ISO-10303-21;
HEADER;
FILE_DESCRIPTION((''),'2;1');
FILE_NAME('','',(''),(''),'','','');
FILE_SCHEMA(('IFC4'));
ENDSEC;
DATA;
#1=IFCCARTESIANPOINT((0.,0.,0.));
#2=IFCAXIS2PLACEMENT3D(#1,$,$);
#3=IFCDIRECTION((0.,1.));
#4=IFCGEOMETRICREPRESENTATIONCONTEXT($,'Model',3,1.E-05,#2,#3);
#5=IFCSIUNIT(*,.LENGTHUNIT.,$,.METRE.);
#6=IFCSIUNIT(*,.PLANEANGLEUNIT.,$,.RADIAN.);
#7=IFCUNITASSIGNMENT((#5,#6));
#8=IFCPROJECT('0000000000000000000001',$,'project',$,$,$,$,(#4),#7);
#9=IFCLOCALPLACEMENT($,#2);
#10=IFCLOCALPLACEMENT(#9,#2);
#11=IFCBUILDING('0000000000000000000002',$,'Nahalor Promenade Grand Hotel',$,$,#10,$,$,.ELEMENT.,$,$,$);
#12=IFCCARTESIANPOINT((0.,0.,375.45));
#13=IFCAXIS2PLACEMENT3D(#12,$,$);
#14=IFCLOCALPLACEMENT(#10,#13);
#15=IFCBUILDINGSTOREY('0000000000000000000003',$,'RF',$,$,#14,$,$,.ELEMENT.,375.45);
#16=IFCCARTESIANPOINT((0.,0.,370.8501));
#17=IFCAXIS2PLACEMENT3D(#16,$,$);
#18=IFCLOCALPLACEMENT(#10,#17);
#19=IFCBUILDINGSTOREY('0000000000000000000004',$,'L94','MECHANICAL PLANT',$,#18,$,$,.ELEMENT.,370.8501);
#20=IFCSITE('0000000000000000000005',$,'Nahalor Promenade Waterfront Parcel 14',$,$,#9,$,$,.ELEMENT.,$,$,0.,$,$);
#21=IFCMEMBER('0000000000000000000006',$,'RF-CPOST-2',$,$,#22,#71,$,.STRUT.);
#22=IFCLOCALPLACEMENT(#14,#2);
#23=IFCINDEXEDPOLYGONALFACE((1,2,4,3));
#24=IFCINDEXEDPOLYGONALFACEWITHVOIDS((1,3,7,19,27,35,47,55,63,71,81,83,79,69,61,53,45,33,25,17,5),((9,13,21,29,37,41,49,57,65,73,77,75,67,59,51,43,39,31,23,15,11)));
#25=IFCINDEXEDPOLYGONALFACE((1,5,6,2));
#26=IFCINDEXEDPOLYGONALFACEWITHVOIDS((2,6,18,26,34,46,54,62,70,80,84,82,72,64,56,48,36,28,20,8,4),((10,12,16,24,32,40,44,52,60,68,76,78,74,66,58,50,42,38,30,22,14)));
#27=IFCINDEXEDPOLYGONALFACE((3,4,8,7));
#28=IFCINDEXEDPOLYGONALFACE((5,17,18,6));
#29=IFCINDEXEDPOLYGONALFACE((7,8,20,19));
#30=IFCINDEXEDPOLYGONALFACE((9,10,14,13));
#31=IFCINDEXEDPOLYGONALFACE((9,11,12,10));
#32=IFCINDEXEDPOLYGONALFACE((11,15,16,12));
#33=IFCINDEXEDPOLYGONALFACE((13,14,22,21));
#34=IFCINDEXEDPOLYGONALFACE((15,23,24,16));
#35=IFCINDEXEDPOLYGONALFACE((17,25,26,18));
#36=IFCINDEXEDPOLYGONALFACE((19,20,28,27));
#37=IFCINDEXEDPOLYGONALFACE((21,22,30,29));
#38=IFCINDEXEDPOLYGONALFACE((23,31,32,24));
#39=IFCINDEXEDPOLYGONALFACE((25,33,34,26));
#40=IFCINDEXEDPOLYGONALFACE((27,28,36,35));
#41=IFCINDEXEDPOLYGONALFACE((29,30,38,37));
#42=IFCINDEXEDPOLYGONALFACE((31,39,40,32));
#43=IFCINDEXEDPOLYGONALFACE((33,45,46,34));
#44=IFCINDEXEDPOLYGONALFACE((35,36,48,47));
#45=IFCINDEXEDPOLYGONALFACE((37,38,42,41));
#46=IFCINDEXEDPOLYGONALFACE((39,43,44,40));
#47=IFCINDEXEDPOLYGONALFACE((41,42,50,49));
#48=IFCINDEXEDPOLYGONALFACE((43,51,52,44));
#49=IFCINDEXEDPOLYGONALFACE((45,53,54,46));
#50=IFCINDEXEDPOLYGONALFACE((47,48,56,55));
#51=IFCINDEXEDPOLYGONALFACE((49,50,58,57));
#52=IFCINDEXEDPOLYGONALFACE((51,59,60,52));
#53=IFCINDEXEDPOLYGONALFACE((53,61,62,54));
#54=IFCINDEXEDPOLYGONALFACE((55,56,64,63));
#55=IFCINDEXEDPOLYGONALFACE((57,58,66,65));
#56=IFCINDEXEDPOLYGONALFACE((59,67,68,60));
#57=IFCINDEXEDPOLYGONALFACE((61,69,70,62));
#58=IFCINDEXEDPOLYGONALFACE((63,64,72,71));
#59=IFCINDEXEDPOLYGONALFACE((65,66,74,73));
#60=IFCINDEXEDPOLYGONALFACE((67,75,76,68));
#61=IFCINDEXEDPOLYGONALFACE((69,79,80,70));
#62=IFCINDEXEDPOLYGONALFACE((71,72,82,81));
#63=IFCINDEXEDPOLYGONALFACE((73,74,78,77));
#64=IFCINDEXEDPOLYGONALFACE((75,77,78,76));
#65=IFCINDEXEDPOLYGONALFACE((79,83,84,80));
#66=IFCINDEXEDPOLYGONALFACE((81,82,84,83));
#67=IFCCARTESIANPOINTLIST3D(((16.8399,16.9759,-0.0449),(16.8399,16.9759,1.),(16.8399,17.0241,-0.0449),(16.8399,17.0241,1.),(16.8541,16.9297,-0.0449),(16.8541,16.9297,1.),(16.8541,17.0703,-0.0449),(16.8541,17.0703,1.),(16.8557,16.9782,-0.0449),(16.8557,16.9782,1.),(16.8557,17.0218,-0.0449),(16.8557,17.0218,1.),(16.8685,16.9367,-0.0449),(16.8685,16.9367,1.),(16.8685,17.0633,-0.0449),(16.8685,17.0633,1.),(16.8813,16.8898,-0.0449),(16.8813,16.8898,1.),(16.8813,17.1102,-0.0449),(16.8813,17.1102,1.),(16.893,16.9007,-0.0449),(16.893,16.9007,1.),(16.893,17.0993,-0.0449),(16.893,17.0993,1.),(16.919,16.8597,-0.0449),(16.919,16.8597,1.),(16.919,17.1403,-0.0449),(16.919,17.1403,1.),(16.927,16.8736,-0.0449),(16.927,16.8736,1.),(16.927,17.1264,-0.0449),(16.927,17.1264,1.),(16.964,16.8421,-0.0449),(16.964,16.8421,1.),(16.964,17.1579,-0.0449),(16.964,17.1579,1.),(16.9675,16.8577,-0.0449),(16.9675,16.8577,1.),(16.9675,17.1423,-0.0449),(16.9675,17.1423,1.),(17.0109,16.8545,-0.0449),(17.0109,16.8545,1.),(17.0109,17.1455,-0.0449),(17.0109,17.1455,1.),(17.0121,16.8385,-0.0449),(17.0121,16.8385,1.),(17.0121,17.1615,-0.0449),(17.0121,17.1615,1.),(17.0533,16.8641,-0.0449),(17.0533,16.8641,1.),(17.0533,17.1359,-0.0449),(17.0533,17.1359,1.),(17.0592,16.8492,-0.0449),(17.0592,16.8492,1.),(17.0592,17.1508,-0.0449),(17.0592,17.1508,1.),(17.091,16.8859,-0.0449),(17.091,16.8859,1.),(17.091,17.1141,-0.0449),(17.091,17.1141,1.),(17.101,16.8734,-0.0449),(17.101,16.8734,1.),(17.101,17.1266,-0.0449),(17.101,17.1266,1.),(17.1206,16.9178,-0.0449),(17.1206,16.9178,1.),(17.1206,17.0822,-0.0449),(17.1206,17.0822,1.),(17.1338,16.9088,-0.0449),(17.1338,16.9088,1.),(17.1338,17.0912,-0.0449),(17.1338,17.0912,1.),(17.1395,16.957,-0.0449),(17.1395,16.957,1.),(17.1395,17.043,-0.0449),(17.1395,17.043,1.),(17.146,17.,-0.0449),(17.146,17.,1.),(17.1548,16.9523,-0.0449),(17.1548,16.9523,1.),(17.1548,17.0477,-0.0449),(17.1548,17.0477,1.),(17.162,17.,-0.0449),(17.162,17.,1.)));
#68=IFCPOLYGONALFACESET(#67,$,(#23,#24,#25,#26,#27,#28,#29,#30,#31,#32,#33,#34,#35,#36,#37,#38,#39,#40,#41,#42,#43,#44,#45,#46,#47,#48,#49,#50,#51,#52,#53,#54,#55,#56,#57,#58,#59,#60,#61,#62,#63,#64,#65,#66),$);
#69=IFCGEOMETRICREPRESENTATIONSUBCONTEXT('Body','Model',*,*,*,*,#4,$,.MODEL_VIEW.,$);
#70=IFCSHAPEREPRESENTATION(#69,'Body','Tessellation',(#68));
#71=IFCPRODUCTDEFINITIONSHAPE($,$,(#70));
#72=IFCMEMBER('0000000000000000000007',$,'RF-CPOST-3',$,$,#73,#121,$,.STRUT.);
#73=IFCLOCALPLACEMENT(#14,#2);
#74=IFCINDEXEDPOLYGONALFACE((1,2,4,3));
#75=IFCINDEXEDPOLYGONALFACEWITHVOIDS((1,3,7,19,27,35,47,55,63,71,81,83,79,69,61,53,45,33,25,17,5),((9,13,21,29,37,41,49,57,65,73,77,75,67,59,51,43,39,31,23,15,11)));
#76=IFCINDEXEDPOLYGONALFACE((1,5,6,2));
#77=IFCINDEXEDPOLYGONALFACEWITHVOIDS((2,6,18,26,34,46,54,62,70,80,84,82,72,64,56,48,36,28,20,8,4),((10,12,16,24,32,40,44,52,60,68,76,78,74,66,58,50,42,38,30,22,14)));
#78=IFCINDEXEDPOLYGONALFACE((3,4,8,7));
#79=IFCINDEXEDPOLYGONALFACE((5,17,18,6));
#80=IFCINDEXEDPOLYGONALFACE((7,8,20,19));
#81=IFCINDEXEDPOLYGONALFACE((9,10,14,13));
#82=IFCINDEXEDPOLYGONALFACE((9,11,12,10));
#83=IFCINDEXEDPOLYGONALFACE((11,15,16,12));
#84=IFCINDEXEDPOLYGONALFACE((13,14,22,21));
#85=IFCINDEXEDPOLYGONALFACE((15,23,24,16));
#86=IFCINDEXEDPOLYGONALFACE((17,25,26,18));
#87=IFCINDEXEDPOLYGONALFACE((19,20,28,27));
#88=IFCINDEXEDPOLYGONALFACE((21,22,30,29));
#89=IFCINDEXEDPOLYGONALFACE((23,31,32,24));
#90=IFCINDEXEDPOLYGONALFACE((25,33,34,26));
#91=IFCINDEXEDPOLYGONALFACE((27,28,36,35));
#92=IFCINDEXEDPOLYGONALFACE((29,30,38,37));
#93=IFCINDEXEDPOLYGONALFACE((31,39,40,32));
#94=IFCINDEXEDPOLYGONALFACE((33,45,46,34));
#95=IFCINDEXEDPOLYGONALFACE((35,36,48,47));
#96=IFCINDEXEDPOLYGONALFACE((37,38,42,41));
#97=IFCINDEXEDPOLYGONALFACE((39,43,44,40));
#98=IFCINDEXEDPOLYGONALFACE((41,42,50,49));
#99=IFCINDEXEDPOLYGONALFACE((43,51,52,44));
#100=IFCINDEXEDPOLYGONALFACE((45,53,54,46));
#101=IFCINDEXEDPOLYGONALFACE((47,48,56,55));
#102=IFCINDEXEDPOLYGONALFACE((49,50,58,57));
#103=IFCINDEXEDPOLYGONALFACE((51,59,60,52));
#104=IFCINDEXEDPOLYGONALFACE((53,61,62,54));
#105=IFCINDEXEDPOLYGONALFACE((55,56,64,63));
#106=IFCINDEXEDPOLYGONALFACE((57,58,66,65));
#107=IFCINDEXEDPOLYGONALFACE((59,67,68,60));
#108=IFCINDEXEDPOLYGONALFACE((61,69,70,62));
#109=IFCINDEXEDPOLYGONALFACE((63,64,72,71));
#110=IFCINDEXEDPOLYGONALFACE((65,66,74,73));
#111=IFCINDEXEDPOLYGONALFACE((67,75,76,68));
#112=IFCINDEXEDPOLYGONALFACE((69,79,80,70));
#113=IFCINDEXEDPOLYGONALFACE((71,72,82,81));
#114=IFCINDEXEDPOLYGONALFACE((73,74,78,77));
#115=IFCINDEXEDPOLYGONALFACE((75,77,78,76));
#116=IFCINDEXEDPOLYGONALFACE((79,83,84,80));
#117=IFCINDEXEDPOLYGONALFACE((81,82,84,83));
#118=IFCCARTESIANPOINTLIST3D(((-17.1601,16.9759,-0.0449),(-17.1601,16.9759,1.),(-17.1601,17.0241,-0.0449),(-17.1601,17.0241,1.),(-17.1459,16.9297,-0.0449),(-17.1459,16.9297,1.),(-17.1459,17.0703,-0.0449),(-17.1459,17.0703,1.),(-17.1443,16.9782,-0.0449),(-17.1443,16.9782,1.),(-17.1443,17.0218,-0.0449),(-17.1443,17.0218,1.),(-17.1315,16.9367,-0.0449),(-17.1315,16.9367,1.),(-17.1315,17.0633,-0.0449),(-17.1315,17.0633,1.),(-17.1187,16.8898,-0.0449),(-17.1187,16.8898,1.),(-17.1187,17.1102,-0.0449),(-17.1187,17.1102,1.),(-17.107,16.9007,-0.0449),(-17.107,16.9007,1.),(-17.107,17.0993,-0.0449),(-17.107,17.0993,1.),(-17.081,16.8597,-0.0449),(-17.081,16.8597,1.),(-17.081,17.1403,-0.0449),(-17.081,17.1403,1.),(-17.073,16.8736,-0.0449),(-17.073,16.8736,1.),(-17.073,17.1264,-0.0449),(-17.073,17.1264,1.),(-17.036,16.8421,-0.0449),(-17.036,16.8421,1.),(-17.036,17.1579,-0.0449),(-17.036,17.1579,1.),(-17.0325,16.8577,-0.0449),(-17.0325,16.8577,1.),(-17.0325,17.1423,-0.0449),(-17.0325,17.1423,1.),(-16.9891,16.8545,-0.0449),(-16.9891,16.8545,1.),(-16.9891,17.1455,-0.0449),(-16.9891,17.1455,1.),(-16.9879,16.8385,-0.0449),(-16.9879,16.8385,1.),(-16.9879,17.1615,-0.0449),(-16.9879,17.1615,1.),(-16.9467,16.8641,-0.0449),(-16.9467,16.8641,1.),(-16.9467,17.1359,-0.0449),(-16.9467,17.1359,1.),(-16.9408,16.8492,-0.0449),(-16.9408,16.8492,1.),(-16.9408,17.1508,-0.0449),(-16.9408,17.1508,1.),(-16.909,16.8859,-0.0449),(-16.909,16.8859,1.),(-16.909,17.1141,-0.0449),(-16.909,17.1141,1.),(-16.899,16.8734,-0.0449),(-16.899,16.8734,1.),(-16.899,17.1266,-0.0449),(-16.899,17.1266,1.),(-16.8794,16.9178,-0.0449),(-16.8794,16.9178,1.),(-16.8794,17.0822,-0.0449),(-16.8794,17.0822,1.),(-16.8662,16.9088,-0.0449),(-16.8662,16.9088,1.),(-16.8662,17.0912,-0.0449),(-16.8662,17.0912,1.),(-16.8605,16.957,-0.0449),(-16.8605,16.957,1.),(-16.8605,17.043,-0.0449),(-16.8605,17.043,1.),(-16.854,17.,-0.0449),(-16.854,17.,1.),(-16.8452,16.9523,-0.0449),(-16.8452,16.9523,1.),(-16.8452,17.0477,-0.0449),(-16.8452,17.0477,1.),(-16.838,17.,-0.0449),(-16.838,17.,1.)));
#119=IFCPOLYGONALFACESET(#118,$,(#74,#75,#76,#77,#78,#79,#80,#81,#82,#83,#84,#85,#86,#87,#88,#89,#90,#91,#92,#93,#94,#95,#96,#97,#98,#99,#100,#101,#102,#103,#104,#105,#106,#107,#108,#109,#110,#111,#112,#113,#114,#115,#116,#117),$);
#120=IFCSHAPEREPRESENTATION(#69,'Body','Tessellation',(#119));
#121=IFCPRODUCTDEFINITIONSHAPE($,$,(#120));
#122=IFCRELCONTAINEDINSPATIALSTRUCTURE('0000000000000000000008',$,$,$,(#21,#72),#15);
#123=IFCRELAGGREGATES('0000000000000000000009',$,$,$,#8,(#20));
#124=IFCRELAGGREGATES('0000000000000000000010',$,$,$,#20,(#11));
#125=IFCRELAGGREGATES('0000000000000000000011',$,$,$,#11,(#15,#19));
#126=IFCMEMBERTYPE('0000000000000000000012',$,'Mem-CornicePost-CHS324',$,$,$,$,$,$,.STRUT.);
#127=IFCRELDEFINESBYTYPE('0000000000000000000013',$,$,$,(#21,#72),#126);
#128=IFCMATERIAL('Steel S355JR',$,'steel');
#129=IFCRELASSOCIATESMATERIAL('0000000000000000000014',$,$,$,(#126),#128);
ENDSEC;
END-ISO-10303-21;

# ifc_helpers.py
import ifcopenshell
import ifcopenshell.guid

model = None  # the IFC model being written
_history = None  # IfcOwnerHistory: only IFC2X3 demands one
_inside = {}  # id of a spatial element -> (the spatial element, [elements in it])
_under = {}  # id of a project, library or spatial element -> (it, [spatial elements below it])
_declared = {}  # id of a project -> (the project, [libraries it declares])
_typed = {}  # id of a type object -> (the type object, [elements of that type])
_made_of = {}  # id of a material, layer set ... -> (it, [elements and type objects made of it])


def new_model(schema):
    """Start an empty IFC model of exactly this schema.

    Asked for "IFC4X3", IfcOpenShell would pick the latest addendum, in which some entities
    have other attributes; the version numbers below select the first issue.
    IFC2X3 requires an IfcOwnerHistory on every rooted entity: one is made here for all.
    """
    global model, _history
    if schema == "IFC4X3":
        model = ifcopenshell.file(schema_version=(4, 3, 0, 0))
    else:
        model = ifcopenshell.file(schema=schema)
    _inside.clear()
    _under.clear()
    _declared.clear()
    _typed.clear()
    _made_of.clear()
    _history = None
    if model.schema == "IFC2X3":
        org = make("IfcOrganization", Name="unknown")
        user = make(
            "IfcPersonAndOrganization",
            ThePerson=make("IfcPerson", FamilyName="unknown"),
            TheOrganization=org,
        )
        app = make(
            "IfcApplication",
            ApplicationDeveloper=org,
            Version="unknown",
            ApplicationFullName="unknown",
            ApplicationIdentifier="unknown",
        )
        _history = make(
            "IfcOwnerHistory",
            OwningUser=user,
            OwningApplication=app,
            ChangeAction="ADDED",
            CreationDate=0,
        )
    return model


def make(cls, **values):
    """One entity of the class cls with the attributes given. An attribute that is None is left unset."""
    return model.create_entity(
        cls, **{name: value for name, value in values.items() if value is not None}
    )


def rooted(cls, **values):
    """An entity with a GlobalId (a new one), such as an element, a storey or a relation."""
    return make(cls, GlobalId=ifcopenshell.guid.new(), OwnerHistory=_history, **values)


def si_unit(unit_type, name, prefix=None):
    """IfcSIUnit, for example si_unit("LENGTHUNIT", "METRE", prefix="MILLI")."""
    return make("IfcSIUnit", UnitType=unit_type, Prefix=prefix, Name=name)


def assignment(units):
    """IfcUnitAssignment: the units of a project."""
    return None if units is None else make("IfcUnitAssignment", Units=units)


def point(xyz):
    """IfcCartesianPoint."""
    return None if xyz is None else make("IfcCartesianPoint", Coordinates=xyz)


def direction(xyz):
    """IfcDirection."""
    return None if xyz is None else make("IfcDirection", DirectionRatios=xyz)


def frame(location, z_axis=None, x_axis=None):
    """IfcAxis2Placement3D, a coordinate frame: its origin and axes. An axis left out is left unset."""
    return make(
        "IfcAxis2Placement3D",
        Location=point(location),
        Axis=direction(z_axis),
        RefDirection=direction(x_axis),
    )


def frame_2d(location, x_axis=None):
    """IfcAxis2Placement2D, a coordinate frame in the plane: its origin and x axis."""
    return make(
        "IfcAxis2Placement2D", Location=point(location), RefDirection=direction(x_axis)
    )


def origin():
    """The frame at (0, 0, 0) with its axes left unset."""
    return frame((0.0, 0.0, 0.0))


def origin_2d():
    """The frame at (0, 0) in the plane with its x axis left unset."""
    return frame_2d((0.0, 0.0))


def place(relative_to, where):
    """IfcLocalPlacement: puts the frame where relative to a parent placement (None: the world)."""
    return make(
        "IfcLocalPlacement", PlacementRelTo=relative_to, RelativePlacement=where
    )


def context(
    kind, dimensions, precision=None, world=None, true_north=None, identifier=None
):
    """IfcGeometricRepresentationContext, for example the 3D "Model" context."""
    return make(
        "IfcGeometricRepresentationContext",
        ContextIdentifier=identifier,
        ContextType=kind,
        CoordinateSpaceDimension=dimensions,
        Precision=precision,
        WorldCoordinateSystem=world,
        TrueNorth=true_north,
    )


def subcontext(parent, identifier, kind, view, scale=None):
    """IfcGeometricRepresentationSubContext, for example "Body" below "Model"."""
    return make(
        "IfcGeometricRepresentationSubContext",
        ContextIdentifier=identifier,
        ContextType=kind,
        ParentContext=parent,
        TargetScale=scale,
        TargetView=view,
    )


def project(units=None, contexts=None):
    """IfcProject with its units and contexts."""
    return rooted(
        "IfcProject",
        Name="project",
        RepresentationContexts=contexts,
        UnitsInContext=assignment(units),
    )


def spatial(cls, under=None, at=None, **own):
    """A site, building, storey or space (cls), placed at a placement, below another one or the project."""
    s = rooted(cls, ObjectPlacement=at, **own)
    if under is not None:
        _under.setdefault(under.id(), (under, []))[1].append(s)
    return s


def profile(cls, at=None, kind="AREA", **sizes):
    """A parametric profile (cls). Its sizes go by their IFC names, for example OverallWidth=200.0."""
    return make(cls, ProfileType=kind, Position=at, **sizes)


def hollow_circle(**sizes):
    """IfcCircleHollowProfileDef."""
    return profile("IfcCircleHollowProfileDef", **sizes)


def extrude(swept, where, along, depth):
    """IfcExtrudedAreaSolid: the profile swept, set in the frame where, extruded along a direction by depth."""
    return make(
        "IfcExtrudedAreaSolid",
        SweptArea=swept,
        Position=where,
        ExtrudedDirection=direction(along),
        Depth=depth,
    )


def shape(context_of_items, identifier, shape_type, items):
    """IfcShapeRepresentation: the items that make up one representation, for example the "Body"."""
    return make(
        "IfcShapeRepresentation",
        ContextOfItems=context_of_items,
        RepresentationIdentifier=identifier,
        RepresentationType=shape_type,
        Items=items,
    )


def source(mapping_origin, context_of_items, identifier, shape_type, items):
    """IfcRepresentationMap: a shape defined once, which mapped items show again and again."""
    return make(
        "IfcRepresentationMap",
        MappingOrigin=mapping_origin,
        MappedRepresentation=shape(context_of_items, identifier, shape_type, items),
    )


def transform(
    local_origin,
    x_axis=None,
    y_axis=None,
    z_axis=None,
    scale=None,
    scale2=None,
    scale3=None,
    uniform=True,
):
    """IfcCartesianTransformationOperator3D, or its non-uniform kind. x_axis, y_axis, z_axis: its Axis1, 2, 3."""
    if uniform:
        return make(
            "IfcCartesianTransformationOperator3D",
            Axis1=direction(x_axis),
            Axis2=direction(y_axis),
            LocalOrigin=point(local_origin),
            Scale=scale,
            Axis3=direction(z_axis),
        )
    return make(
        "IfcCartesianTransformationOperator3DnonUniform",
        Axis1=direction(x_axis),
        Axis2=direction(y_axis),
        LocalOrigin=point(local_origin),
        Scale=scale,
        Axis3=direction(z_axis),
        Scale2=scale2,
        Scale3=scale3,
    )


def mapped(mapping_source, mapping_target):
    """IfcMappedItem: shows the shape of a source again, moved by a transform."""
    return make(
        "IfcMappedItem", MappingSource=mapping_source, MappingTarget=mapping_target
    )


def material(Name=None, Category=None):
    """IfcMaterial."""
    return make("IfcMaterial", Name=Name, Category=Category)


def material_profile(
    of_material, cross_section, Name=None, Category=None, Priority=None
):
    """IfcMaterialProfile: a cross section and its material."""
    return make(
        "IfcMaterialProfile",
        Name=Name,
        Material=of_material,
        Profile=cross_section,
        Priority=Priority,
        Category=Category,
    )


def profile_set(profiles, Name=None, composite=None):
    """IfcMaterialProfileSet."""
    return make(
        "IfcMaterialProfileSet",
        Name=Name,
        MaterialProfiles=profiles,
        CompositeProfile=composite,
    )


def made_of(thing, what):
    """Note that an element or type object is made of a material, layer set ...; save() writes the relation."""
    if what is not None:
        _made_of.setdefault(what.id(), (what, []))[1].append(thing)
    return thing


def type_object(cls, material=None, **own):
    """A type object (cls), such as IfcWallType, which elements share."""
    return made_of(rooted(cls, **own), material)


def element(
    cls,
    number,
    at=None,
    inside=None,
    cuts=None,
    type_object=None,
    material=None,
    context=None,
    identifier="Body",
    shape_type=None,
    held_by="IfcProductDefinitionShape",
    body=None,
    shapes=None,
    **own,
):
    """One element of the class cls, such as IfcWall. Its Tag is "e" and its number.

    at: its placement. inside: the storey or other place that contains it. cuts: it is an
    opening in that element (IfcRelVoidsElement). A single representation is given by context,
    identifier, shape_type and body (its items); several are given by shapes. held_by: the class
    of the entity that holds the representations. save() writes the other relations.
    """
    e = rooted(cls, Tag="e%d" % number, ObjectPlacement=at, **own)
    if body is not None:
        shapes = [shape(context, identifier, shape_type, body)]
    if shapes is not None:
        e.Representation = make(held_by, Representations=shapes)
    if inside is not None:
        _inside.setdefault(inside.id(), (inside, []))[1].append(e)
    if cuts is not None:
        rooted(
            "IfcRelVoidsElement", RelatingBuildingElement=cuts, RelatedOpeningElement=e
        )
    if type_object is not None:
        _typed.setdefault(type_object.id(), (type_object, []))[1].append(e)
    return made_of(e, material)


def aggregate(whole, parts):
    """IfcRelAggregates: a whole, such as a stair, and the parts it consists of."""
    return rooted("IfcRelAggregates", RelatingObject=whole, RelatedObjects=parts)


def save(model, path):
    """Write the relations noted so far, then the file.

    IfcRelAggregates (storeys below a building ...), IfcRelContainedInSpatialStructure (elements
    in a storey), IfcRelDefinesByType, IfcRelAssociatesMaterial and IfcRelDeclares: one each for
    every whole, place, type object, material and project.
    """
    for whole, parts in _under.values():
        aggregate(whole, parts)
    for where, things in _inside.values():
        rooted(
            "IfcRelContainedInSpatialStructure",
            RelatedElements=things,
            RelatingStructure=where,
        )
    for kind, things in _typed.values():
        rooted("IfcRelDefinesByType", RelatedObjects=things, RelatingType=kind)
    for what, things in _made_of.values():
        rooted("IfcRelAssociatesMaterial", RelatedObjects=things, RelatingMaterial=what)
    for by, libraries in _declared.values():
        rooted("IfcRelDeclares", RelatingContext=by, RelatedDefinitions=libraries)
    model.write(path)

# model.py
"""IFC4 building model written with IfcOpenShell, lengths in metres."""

from ifc_helpers import new_model, si_unit, direction, frame, origin, origin_2d, place, context, subcontext, project, spatial, hollow_circle, extrude, source, transform, mapped, material, material_profile, profile_set, type_object, element, save


model = new_model("IFC4")

# Units and contexts
model_context = context("Model", 3, precision=1e-05, world=origin(), true_north=direction((0.0, 1.0)))
body_context = subcontext(model_context, "Body", "Model", "MODEL_VIEW")
ifc_project = project(units=[si_unit("LENGTHUNIT", "METRE"), si_unit("PLANEANGLEUNIT", "RADIAN")], contexts=[model_context])

# Site, building, storey
site_placement = place(None, origin())
site = spatial("IfcSite", under=ifc_project, at=site_placement, Name="Nahalor Promenade Waterfront Parcel 14", CompositionType="ELEMENT", RefElevation=0.0)
building_placement = place(site_placement, origin())
building = spatial("IfcBuilding", under=site, at=building_placement, Name="Nahalor Promenade Grand Hotel", CompositionType="ELEMENT")
storey_1_placement = place(building_placement, frame((0.0, 0.0, 375.45)))
storey_1 = spatial("IfcBuildingStorey", under=building, at=storey_1_placement, Name="RF", CompositionType="ELEMENT", Elevation=375.45)

# Members
ifc_material_1 = material(Name="Steel S355JR", Category="steel")
ifc_material_profile_1 = material_profile(ifc_material_1, hollow_circle(Radius=0.162, WallThickness=0.016, at=origin_2d()), Name="CHS 323.9x16")
ifc_profile_set_1 = profile_set([ifc_material_profile_1], Name="Steel S355JR")
member_type_1 = type_object("IfcMemberType", Name="Mem-CornicePost-CHS324", PredefinedType="STRUT", material=ifc_profile_set_1)
shared_shape_1 = source(origin(), body_context, "Body", "SweptSolid", [
    extrude(hollow_circle(Radius=0.162, WallThickness=0.016, at=origin_2d()), origin(), (0.0, 0.0, 1.0), 1.0449),
])
for number, where, z_axis, x_axis, name in (
    (1, (17.0, 17.0, -0.0449), (0.0, 0.0, 1.0), (1.0, 0.0, 0.0), "RF-CPOST-2"),
    (2, (-17.0, 17.0, -0.0449), (0.0, 0.0, 1.0), (1.0, 0.0, 0.0), "RF-CPOST-3"),
):
    element("IfcMember", number, at=place(storey_1_placement, frame(where, z_axis=z_axis, x_axis=x_axis)), inside=storey_1, type_object=member_type_1, Name=name, PredefinedType="STRUT", context=body_context, shape_type="MappedRepresentation", body=[
        mapped(shared_shape_1, transform((0.0, 0.0, 0.0), scale=1.0)),
    ])

# Shared definitions
storey_2_placement = place(building_placement, frame((0.0, 0.0, 370.8501)))
storey_2 = spatial("IfcBuildingStorey", under=building, at=storey_2_placement, Name="L94", Description="MECHANICAL PLANT", CompositionType="ELEMENT", Elevation=370.8501)

save(model, "model.ifc")
